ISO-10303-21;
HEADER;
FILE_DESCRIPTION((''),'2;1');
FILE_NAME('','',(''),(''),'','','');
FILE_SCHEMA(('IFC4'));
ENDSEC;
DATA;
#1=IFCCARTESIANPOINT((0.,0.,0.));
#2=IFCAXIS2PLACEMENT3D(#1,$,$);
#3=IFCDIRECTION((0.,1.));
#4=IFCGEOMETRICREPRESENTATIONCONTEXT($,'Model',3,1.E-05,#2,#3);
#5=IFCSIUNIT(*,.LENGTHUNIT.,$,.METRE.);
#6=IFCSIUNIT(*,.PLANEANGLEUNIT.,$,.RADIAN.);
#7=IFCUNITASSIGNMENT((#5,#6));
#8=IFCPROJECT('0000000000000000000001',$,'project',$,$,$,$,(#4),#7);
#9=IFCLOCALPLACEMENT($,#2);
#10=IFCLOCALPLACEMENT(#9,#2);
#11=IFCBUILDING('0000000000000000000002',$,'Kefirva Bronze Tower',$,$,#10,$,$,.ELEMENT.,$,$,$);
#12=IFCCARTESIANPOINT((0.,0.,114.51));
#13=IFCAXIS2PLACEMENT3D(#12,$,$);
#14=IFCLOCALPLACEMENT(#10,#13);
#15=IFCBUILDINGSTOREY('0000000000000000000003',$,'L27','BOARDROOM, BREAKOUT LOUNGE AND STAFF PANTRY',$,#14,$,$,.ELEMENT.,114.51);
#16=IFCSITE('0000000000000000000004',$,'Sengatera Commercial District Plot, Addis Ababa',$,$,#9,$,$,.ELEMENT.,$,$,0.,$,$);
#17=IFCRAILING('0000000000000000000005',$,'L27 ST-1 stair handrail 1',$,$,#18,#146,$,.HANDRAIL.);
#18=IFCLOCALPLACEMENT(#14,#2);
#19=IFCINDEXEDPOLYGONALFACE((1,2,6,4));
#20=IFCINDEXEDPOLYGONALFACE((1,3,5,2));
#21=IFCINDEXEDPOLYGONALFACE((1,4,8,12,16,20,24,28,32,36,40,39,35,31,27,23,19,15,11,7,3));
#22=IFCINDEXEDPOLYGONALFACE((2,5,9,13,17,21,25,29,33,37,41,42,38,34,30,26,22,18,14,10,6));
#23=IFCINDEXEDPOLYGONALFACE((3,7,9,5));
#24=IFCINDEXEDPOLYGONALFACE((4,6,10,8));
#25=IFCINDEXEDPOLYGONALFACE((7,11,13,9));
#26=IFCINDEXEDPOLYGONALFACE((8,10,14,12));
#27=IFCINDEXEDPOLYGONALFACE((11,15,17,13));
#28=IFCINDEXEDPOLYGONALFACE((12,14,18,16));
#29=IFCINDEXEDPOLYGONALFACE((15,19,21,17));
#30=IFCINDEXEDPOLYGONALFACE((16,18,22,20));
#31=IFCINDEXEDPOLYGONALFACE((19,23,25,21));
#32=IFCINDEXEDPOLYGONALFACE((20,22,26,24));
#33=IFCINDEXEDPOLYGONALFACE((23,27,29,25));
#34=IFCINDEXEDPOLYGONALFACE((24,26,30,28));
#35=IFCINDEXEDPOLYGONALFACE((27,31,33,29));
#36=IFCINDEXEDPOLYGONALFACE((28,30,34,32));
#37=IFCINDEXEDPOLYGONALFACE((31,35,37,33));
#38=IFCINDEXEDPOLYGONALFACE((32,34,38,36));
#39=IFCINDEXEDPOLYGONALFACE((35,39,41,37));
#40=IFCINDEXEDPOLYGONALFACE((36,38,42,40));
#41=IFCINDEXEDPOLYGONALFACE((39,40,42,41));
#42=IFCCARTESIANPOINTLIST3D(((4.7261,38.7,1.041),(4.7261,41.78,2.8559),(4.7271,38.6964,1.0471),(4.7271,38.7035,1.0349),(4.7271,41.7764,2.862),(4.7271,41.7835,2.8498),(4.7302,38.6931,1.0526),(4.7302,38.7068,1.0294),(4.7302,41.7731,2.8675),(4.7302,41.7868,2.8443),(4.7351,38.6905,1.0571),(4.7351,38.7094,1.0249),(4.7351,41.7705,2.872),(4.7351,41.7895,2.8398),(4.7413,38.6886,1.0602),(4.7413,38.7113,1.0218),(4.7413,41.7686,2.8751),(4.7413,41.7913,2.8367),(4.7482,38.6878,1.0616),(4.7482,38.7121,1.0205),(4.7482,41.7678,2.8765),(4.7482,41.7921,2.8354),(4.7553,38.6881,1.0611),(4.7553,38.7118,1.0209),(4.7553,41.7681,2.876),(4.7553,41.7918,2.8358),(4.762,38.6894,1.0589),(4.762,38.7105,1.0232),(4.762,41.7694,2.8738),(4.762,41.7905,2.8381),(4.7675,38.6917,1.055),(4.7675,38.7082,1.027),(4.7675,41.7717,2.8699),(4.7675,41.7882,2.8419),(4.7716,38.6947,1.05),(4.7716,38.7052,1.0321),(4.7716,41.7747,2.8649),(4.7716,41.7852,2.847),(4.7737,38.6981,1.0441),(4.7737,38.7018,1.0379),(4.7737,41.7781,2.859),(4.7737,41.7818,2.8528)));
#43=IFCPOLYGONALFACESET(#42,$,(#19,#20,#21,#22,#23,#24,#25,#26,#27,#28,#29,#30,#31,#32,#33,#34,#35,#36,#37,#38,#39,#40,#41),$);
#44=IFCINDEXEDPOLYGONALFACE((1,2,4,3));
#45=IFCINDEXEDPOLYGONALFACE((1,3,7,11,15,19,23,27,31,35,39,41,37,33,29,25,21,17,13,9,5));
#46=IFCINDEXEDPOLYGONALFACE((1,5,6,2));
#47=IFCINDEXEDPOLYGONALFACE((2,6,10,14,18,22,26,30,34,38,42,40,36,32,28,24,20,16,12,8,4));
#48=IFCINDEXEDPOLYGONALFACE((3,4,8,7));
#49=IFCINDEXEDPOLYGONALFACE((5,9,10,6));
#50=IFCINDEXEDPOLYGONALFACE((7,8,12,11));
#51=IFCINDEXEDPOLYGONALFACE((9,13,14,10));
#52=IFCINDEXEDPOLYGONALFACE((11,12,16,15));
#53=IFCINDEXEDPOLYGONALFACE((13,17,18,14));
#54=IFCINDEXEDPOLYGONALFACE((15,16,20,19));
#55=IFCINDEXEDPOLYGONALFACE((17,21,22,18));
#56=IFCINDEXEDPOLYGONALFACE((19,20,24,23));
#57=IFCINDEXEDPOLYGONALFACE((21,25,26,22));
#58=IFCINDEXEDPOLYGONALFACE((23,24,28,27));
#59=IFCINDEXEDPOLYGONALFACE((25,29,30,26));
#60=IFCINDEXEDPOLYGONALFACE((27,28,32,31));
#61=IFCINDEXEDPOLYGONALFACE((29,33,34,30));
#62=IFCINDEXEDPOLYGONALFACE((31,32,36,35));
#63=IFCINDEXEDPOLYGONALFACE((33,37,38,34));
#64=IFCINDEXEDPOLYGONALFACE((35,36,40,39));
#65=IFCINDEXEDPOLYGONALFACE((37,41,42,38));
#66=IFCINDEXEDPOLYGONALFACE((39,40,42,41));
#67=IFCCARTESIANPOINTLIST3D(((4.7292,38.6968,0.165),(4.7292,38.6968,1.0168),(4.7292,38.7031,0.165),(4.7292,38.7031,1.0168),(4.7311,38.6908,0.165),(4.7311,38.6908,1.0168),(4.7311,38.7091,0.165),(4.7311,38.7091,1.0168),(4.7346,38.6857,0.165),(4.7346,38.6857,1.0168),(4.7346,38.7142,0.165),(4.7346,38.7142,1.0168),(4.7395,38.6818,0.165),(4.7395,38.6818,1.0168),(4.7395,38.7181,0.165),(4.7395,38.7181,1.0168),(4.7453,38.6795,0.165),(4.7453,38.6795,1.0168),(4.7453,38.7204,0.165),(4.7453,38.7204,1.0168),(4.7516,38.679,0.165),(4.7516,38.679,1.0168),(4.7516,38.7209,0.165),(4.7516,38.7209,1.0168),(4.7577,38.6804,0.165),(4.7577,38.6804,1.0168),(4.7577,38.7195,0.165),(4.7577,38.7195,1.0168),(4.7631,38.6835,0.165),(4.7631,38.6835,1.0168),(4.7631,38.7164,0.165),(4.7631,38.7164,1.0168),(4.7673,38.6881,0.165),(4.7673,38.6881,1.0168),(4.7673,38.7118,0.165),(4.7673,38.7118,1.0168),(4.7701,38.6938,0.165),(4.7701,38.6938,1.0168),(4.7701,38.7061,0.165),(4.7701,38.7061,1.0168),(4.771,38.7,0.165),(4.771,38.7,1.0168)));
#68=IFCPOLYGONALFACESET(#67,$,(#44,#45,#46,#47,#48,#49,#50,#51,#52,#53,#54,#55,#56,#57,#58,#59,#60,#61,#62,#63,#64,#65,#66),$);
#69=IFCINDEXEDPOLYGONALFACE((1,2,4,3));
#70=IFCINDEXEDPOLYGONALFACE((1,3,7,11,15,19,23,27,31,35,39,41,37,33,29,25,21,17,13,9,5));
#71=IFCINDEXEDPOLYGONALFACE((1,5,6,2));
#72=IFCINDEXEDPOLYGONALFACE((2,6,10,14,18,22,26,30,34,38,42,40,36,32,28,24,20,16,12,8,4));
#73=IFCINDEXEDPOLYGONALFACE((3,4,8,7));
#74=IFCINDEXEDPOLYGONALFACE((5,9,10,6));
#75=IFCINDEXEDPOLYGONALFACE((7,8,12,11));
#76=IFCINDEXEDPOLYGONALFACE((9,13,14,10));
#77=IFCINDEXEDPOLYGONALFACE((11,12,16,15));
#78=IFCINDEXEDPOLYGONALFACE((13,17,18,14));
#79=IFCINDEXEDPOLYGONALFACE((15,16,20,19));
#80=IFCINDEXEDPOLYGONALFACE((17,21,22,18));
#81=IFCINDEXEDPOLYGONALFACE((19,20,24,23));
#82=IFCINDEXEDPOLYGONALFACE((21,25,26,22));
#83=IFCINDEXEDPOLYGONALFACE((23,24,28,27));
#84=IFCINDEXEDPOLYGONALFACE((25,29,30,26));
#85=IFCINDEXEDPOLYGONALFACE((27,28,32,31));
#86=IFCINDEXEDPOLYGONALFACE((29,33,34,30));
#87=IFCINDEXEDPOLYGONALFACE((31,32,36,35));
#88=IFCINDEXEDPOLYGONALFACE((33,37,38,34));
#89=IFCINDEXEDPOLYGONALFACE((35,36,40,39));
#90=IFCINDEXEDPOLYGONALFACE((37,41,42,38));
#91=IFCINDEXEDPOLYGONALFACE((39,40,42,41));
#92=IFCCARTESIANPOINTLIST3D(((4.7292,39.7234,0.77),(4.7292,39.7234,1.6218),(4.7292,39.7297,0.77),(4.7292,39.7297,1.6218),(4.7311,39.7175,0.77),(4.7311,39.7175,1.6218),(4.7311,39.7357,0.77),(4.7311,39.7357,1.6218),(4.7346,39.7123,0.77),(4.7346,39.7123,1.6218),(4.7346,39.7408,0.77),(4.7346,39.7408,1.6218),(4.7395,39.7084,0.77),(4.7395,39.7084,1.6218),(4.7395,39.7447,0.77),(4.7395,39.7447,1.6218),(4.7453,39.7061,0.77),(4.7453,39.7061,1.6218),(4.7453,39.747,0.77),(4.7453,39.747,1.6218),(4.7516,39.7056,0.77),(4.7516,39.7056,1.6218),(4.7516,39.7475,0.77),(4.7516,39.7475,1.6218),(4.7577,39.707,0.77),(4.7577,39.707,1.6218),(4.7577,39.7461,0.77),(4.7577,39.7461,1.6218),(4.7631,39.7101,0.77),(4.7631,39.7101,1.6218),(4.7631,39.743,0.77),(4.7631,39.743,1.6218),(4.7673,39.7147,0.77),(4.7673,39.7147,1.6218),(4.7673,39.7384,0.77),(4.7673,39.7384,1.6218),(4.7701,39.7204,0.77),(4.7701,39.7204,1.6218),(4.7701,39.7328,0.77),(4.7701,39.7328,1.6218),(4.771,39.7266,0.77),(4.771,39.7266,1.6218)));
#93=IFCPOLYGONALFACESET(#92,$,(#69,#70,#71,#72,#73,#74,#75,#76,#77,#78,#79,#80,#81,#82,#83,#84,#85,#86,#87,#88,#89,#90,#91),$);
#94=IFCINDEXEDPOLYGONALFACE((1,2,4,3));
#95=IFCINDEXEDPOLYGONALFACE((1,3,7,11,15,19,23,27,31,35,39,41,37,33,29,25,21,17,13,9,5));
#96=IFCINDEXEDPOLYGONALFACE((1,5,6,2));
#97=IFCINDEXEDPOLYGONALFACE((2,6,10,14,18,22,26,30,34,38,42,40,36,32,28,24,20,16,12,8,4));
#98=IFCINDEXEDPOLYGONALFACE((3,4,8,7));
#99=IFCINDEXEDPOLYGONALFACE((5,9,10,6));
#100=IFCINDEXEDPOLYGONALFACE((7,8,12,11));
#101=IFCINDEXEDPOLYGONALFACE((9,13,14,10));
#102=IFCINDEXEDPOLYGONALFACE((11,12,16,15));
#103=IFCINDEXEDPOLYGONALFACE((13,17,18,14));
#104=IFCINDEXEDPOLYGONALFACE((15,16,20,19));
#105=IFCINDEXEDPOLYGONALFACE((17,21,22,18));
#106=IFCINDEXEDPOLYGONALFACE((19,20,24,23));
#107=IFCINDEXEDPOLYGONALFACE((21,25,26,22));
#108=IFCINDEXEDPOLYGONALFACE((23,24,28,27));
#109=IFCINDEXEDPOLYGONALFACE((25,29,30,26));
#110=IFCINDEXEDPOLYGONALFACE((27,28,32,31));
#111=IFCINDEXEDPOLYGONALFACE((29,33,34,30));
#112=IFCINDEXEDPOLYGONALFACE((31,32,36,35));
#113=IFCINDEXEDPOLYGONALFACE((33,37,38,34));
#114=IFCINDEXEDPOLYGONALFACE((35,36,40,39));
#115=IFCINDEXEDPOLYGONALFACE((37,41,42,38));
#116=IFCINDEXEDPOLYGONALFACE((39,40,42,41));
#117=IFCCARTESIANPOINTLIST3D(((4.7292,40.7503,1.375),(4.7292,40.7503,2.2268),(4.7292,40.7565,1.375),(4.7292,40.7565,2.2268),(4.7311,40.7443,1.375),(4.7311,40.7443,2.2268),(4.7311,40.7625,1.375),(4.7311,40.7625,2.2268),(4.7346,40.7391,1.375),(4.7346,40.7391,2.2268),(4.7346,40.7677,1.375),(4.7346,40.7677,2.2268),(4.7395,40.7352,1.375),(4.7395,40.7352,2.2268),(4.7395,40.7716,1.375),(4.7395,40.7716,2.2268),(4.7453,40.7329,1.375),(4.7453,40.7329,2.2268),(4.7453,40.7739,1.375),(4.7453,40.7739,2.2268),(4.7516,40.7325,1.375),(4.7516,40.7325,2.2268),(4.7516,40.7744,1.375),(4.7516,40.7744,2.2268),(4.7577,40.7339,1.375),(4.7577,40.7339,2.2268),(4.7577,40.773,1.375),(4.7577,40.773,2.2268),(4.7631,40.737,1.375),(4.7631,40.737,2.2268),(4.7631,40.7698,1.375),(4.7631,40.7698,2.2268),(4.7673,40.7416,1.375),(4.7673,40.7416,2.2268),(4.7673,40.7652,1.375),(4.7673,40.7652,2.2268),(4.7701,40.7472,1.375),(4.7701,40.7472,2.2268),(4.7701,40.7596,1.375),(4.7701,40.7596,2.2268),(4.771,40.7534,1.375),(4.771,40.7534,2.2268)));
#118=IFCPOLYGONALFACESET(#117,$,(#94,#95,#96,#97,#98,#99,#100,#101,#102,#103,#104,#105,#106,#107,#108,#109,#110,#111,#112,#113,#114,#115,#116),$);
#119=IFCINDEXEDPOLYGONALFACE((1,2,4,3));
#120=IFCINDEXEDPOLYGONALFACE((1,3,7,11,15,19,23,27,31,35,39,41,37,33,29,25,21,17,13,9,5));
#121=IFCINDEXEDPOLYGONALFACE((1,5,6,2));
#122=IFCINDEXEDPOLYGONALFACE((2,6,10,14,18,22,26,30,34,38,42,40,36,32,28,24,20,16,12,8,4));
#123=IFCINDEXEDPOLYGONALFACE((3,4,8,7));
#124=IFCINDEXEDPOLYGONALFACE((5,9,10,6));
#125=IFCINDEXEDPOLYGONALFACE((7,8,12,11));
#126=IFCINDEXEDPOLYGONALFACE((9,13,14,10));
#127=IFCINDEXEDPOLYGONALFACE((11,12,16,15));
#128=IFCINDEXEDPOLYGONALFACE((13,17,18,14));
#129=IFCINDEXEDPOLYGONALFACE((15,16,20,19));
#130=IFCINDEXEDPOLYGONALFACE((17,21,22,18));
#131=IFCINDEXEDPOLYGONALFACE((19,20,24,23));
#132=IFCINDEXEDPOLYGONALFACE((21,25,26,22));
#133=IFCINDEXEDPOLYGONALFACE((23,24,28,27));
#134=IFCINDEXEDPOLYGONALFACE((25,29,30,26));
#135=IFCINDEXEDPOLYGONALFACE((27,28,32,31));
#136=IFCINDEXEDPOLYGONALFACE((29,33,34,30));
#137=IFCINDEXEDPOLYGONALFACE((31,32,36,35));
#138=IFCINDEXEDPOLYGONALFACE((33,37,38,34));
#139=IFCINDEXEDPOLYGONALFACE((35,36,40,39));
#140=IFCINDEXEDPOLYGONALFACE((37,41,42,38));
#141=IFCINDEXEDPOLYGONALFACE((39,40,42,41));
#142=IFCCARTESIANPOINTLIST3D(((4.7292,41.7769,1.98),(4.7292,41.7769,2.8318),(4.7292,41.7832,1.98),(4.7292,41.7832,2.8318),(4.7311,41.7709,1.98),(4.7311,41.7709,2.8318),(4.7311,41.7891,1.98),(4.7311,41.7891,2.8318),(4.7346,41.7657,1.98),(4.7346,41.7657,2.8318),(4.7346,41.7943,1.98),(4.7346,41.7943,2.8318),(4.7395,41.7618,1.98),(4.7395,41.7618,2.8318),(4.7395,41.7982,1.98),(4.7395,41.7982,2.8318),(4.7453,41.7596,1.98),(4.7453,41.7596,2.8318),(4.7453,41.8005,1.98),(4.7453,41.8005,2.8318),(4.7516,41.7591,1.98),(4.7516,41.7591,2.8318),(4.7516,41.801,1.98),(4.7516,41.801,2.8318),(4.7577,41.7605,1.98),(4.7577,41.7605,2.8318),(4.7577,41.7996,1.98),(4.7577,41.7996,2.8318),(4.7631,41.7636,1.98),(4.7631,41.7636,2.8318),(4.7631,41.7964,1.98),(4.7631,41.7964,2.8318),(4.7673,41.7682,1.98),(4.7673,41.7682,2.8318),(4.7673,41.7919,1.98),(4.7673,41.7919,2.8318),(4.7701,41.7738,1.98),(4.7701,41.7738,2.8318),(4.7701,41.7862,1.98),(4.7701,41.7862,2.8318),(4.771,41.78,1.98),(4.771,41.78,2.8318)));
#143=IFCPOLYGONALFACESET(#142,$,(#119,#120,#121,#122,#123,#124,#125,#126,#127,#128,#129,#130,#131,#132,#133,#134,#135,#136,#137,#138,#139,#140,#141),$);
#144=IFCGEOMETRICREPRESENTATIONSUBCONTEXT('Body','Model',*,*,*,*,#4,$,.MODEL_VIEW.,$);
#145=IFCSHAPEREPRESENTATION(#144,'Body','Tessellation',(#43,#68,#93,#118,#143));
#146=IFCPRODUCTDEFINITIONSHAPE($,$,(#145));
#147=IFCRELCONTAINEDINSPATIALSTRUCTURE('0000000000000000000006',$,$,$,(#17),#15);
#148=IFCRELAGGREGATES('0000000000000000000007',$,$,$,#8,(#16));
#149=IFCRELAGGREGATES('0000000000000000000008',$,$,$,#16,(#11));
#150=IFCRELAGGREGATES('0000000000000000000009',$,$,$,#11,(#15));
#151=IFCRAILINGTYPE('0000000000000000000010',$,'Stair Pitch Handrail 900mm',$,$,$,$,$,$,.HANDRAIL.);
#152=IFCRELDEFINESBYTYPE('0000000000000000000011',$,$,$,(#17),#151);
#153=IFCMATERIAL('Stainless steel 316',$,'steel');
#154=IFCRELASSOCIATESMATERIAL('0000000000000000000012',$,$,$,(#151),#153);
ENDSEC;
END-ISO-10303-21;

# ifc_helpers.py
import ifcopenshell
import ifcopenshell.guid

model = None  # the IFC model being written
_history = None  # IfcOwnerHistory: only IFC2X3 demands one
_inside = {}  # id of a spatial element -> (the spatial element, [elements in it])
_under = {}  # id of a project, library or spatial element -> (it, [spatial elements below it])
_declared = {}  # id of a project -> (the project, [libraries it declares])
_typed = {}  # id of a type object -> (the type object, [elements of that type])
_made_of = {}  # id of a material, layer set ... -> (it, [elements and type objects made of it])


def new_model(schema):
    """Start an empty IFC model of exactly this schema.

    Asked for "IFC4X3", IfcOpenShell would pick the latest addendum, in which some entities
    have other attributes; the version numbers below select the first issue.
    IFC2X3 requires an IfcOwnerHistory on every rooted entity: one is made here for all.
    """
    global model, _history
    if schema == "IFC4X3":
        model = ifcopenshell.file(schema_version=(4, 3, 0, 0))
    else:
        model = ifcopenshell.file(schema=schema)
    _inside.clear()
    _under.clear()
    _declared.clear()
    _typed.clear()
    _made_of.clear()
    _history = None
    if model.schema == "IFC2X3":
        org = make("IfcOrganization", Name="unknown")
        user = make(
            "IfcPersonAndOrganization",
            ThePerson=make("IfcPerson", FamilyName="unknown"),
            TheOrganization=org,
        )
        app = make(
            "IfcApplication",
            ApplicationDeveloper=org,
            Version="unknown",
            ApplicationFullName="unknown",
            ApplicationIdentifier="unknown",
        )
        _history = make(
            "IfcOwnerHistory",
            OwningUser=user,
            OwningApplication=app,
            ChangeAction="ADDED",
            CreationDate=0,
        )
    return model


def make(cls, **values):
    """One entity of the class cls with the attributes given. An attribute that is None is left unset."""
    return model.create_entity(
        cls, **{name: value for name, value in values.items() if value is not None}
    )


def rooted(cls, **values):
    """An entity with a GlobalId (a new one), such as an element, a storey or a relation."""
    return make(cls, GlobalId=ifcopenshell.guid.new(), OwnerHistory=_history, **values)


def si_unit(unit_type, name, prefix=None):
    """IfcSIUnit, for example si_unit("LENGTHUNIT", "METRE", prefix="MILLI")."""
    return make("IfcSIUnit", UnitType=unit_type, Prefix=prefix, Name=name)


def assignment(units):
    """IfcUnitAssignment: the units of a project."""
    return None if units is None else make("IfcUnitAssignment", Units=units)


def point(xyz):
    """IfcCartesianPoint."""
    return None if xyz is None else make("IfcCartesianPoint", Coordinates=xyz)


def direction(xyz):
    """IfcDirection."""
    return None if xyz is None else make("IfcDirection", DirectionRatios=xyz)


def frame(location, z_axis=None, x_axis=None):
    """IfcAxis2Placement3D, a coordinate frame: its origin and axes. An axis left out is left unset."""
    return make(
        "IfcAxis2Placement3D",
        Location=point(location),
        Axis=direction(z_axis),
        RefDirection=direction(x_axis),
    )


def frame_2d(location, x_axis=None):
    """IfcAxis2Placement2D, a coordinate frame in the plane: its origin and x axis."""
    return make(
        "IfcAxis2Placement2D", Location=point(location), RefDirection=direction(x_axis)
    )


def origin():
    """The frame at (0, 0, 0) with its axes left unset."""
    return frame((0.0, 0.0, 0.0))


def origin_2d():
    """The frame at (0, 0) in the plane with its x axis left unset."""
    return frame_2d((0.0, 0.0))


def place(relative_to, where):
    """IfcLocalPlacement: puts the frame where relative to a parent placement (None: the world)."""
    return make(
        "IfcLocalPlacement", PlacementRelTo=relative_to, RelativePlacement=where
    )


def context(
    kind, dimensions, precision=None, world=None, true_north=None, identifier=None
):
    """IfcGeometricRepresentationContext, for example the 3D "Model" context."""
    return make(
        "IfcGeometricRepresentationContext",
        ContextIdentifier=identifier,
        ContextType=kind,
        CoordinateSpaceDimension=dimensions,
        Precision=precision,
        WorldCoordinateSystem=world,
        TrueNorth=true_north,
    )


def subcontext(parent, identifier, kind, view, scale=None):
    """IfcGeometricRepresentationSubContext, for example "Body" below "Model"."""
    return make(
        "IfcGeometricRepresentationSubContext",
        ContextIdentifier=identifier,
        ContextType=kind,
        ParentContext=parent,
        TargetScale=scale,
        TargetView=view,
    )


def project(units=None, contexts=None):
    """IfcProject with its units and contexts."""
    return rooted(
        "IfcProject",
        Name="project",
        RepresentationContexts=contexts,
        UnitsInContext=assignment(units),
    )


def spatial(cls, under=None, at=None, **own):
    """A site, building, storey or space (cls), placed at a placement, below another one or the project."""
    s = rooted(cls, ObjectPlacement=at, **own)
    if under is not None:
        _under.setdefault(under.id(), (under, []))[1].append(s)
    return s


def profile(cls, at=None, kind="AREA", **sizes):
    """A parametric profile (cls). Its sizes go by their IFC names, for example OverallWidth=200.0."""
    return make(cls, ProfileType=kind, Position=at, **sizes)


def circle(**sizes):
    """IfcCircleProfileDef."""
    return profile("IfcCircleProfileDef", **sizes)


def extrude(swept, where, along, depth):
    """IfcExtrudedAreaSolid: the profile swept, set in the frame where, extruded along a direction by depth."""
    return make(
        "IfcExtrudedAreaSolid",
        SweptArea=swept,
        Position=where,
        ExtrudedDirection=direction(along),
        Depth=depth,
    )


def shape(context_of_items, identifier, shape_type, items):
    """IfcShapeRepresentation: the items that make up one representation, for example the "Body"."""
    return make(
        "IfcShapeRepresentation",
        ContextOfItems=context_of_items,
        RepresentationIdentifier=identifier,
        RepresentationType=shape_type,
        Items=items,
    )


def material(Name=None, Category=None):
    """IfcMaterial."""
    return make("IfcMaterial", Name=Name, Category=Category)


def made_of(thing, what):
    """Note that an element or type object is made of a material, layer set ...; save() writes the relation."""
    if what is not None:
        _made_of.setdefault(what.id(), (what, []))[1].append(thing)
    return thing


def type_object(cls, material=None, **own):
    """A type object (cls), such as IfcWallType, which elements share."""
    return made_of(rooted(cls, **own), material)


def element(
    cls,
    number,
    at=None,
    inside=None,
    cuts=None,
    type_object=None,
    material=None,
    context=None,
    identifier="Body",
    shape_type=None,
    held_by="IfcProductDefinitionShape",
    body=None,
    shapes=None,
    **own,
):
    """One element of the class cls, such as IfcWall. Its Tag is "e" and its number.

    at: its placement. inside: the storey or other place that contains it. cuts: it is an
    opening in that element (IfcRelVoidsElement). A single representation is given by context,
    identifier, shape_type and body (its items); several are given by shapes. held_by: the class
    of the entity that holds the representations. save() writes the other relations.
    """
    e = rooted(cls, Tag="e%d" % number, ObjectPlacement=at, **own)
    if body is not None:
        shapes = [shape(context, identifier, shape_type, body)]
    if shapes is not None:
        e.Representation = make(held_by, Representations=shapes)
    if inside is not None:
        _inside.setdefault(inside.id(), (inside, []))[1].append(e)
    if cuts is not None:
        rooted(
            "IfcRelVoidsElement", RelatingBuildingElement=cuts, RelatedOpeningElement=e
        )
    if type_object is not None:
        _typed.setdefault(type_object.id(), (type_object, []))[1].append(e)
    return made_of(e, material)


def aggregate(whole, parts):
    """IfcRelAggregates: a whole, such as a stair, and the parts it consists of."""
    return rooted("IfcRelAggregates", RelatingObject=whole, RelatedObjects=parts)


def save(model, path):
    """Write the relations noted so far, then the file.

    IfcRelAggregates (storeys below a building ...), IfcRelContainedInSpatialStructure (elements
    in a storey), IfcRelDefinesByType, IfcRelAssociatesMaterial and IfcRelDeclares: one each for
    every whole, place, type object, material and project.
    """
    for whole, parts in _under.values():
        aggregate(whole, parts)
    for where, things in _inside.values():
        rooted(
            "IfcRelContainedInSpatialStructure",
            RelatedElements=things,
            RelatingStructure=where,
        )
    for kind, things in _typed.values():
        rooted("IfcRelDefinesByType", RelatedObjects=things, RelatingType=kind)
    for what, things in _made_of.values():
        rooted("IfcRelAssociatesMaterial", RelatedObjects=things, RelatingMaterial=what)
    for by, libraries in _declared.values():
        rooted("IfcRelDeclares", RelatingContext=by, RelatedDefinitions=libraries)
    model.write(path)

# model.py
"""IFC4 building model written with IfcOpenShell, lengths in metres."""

from ifc_helpers import new_model, si_unit, direction, frame, origin, origin_2d, place, context, subcontext, project, spatial, circle, extrude, material, type_object, element, save


model = new_model("IFC4")

# Units and contexts
model_context = context("Model", 3, precision=1e-05, world=origin(), true_north=direction((0.0, 1.0)))
body_context = subcontext(model_context, "Body", "Model", "MODEL_VIEW")
ifc_project = project(units=[si_unit("LENGTHUNIT", "METRE"), si_unit("PLANEANGLEUNIT", "RADIAN")], contexts=[model_context])

# Site, building, storey
site_placement = place(None, origin())
site = spatial("IfcSite", under=ifc_project, at=site_placement, Name="Sengatera Commercial District Plot, Addis Ababa", CompositionType="ELEMENT", RefElevation=0.0)
building_placement = place(site_placement, origin())
building = spatial("IfcBuilding", under=site, at=building_placement, Name="Kefirva Bronze Tower", CompositionType="ELEMENT")
storey_placement = place(building_placement, frame((0.0, 0.0, 114.51)))
storey = spatial("IfcBuildingStorey", under=building, at=storey_placement, Name="L27", Description="BOARDROOM, BREAKOUT LOUNGE AND STAFF PANTRY", CompositionType="ELEMENT", Elevation=114.51)

# Shared definitions
ifc_material_1 = material(Name="Stainless steel 316", Category="steel")

# Railing
railing_type_1 = type_object("IfcRailingType", Name="Stair Pitch Handrail 900mm", PredefinedType="HANDRAIL", material=ifc_material_1)
railing_1_placement = place(storey_placement, frame((4.75, 38.7, 0.165)))
element("IfcRailing", 1, at=railing_1_placement, inside=storey, type_object=railing_type_1, Name="L27 ST-1 stair handrail 1", PredefinedType="HANDRAIL", context=body_context, shape_type="SweptSolid", body=[
    extrude(circle(Radius=0.0239, at=origin_2d()), frame((0.0, 0.0, 0.876), z_axis=(0.0, 0.861551, 0.507671), x_axis=(-1.0, 0.0, 0.0)), (0.0, 0.0, 1.0), 3.575),
    extrude(circle(Radius=0.021, at=origin_2d()), origin(), (0.0, 0.0, 1.0), 0.8518),
    extrude(circle(Radius=0.021, at=origin_2d()), frame((0.0, 1.0266, 0.605)), (0.0, 0.0, 1.0), 0.8518),
    extrude(circle(Radius=0.021, at=origin_2d()), frame((0.0, 2.0535, 1.21)), (0.0, 0.0, 1.0), 0.8518),
    extrude(circle(Radius=0.021, at=origin_2d()), frame((0.0, 3.0801, 1.8149)), (0.0, 0.0, 1.0), 0.8518),
])

save(model, "model.ifc")
